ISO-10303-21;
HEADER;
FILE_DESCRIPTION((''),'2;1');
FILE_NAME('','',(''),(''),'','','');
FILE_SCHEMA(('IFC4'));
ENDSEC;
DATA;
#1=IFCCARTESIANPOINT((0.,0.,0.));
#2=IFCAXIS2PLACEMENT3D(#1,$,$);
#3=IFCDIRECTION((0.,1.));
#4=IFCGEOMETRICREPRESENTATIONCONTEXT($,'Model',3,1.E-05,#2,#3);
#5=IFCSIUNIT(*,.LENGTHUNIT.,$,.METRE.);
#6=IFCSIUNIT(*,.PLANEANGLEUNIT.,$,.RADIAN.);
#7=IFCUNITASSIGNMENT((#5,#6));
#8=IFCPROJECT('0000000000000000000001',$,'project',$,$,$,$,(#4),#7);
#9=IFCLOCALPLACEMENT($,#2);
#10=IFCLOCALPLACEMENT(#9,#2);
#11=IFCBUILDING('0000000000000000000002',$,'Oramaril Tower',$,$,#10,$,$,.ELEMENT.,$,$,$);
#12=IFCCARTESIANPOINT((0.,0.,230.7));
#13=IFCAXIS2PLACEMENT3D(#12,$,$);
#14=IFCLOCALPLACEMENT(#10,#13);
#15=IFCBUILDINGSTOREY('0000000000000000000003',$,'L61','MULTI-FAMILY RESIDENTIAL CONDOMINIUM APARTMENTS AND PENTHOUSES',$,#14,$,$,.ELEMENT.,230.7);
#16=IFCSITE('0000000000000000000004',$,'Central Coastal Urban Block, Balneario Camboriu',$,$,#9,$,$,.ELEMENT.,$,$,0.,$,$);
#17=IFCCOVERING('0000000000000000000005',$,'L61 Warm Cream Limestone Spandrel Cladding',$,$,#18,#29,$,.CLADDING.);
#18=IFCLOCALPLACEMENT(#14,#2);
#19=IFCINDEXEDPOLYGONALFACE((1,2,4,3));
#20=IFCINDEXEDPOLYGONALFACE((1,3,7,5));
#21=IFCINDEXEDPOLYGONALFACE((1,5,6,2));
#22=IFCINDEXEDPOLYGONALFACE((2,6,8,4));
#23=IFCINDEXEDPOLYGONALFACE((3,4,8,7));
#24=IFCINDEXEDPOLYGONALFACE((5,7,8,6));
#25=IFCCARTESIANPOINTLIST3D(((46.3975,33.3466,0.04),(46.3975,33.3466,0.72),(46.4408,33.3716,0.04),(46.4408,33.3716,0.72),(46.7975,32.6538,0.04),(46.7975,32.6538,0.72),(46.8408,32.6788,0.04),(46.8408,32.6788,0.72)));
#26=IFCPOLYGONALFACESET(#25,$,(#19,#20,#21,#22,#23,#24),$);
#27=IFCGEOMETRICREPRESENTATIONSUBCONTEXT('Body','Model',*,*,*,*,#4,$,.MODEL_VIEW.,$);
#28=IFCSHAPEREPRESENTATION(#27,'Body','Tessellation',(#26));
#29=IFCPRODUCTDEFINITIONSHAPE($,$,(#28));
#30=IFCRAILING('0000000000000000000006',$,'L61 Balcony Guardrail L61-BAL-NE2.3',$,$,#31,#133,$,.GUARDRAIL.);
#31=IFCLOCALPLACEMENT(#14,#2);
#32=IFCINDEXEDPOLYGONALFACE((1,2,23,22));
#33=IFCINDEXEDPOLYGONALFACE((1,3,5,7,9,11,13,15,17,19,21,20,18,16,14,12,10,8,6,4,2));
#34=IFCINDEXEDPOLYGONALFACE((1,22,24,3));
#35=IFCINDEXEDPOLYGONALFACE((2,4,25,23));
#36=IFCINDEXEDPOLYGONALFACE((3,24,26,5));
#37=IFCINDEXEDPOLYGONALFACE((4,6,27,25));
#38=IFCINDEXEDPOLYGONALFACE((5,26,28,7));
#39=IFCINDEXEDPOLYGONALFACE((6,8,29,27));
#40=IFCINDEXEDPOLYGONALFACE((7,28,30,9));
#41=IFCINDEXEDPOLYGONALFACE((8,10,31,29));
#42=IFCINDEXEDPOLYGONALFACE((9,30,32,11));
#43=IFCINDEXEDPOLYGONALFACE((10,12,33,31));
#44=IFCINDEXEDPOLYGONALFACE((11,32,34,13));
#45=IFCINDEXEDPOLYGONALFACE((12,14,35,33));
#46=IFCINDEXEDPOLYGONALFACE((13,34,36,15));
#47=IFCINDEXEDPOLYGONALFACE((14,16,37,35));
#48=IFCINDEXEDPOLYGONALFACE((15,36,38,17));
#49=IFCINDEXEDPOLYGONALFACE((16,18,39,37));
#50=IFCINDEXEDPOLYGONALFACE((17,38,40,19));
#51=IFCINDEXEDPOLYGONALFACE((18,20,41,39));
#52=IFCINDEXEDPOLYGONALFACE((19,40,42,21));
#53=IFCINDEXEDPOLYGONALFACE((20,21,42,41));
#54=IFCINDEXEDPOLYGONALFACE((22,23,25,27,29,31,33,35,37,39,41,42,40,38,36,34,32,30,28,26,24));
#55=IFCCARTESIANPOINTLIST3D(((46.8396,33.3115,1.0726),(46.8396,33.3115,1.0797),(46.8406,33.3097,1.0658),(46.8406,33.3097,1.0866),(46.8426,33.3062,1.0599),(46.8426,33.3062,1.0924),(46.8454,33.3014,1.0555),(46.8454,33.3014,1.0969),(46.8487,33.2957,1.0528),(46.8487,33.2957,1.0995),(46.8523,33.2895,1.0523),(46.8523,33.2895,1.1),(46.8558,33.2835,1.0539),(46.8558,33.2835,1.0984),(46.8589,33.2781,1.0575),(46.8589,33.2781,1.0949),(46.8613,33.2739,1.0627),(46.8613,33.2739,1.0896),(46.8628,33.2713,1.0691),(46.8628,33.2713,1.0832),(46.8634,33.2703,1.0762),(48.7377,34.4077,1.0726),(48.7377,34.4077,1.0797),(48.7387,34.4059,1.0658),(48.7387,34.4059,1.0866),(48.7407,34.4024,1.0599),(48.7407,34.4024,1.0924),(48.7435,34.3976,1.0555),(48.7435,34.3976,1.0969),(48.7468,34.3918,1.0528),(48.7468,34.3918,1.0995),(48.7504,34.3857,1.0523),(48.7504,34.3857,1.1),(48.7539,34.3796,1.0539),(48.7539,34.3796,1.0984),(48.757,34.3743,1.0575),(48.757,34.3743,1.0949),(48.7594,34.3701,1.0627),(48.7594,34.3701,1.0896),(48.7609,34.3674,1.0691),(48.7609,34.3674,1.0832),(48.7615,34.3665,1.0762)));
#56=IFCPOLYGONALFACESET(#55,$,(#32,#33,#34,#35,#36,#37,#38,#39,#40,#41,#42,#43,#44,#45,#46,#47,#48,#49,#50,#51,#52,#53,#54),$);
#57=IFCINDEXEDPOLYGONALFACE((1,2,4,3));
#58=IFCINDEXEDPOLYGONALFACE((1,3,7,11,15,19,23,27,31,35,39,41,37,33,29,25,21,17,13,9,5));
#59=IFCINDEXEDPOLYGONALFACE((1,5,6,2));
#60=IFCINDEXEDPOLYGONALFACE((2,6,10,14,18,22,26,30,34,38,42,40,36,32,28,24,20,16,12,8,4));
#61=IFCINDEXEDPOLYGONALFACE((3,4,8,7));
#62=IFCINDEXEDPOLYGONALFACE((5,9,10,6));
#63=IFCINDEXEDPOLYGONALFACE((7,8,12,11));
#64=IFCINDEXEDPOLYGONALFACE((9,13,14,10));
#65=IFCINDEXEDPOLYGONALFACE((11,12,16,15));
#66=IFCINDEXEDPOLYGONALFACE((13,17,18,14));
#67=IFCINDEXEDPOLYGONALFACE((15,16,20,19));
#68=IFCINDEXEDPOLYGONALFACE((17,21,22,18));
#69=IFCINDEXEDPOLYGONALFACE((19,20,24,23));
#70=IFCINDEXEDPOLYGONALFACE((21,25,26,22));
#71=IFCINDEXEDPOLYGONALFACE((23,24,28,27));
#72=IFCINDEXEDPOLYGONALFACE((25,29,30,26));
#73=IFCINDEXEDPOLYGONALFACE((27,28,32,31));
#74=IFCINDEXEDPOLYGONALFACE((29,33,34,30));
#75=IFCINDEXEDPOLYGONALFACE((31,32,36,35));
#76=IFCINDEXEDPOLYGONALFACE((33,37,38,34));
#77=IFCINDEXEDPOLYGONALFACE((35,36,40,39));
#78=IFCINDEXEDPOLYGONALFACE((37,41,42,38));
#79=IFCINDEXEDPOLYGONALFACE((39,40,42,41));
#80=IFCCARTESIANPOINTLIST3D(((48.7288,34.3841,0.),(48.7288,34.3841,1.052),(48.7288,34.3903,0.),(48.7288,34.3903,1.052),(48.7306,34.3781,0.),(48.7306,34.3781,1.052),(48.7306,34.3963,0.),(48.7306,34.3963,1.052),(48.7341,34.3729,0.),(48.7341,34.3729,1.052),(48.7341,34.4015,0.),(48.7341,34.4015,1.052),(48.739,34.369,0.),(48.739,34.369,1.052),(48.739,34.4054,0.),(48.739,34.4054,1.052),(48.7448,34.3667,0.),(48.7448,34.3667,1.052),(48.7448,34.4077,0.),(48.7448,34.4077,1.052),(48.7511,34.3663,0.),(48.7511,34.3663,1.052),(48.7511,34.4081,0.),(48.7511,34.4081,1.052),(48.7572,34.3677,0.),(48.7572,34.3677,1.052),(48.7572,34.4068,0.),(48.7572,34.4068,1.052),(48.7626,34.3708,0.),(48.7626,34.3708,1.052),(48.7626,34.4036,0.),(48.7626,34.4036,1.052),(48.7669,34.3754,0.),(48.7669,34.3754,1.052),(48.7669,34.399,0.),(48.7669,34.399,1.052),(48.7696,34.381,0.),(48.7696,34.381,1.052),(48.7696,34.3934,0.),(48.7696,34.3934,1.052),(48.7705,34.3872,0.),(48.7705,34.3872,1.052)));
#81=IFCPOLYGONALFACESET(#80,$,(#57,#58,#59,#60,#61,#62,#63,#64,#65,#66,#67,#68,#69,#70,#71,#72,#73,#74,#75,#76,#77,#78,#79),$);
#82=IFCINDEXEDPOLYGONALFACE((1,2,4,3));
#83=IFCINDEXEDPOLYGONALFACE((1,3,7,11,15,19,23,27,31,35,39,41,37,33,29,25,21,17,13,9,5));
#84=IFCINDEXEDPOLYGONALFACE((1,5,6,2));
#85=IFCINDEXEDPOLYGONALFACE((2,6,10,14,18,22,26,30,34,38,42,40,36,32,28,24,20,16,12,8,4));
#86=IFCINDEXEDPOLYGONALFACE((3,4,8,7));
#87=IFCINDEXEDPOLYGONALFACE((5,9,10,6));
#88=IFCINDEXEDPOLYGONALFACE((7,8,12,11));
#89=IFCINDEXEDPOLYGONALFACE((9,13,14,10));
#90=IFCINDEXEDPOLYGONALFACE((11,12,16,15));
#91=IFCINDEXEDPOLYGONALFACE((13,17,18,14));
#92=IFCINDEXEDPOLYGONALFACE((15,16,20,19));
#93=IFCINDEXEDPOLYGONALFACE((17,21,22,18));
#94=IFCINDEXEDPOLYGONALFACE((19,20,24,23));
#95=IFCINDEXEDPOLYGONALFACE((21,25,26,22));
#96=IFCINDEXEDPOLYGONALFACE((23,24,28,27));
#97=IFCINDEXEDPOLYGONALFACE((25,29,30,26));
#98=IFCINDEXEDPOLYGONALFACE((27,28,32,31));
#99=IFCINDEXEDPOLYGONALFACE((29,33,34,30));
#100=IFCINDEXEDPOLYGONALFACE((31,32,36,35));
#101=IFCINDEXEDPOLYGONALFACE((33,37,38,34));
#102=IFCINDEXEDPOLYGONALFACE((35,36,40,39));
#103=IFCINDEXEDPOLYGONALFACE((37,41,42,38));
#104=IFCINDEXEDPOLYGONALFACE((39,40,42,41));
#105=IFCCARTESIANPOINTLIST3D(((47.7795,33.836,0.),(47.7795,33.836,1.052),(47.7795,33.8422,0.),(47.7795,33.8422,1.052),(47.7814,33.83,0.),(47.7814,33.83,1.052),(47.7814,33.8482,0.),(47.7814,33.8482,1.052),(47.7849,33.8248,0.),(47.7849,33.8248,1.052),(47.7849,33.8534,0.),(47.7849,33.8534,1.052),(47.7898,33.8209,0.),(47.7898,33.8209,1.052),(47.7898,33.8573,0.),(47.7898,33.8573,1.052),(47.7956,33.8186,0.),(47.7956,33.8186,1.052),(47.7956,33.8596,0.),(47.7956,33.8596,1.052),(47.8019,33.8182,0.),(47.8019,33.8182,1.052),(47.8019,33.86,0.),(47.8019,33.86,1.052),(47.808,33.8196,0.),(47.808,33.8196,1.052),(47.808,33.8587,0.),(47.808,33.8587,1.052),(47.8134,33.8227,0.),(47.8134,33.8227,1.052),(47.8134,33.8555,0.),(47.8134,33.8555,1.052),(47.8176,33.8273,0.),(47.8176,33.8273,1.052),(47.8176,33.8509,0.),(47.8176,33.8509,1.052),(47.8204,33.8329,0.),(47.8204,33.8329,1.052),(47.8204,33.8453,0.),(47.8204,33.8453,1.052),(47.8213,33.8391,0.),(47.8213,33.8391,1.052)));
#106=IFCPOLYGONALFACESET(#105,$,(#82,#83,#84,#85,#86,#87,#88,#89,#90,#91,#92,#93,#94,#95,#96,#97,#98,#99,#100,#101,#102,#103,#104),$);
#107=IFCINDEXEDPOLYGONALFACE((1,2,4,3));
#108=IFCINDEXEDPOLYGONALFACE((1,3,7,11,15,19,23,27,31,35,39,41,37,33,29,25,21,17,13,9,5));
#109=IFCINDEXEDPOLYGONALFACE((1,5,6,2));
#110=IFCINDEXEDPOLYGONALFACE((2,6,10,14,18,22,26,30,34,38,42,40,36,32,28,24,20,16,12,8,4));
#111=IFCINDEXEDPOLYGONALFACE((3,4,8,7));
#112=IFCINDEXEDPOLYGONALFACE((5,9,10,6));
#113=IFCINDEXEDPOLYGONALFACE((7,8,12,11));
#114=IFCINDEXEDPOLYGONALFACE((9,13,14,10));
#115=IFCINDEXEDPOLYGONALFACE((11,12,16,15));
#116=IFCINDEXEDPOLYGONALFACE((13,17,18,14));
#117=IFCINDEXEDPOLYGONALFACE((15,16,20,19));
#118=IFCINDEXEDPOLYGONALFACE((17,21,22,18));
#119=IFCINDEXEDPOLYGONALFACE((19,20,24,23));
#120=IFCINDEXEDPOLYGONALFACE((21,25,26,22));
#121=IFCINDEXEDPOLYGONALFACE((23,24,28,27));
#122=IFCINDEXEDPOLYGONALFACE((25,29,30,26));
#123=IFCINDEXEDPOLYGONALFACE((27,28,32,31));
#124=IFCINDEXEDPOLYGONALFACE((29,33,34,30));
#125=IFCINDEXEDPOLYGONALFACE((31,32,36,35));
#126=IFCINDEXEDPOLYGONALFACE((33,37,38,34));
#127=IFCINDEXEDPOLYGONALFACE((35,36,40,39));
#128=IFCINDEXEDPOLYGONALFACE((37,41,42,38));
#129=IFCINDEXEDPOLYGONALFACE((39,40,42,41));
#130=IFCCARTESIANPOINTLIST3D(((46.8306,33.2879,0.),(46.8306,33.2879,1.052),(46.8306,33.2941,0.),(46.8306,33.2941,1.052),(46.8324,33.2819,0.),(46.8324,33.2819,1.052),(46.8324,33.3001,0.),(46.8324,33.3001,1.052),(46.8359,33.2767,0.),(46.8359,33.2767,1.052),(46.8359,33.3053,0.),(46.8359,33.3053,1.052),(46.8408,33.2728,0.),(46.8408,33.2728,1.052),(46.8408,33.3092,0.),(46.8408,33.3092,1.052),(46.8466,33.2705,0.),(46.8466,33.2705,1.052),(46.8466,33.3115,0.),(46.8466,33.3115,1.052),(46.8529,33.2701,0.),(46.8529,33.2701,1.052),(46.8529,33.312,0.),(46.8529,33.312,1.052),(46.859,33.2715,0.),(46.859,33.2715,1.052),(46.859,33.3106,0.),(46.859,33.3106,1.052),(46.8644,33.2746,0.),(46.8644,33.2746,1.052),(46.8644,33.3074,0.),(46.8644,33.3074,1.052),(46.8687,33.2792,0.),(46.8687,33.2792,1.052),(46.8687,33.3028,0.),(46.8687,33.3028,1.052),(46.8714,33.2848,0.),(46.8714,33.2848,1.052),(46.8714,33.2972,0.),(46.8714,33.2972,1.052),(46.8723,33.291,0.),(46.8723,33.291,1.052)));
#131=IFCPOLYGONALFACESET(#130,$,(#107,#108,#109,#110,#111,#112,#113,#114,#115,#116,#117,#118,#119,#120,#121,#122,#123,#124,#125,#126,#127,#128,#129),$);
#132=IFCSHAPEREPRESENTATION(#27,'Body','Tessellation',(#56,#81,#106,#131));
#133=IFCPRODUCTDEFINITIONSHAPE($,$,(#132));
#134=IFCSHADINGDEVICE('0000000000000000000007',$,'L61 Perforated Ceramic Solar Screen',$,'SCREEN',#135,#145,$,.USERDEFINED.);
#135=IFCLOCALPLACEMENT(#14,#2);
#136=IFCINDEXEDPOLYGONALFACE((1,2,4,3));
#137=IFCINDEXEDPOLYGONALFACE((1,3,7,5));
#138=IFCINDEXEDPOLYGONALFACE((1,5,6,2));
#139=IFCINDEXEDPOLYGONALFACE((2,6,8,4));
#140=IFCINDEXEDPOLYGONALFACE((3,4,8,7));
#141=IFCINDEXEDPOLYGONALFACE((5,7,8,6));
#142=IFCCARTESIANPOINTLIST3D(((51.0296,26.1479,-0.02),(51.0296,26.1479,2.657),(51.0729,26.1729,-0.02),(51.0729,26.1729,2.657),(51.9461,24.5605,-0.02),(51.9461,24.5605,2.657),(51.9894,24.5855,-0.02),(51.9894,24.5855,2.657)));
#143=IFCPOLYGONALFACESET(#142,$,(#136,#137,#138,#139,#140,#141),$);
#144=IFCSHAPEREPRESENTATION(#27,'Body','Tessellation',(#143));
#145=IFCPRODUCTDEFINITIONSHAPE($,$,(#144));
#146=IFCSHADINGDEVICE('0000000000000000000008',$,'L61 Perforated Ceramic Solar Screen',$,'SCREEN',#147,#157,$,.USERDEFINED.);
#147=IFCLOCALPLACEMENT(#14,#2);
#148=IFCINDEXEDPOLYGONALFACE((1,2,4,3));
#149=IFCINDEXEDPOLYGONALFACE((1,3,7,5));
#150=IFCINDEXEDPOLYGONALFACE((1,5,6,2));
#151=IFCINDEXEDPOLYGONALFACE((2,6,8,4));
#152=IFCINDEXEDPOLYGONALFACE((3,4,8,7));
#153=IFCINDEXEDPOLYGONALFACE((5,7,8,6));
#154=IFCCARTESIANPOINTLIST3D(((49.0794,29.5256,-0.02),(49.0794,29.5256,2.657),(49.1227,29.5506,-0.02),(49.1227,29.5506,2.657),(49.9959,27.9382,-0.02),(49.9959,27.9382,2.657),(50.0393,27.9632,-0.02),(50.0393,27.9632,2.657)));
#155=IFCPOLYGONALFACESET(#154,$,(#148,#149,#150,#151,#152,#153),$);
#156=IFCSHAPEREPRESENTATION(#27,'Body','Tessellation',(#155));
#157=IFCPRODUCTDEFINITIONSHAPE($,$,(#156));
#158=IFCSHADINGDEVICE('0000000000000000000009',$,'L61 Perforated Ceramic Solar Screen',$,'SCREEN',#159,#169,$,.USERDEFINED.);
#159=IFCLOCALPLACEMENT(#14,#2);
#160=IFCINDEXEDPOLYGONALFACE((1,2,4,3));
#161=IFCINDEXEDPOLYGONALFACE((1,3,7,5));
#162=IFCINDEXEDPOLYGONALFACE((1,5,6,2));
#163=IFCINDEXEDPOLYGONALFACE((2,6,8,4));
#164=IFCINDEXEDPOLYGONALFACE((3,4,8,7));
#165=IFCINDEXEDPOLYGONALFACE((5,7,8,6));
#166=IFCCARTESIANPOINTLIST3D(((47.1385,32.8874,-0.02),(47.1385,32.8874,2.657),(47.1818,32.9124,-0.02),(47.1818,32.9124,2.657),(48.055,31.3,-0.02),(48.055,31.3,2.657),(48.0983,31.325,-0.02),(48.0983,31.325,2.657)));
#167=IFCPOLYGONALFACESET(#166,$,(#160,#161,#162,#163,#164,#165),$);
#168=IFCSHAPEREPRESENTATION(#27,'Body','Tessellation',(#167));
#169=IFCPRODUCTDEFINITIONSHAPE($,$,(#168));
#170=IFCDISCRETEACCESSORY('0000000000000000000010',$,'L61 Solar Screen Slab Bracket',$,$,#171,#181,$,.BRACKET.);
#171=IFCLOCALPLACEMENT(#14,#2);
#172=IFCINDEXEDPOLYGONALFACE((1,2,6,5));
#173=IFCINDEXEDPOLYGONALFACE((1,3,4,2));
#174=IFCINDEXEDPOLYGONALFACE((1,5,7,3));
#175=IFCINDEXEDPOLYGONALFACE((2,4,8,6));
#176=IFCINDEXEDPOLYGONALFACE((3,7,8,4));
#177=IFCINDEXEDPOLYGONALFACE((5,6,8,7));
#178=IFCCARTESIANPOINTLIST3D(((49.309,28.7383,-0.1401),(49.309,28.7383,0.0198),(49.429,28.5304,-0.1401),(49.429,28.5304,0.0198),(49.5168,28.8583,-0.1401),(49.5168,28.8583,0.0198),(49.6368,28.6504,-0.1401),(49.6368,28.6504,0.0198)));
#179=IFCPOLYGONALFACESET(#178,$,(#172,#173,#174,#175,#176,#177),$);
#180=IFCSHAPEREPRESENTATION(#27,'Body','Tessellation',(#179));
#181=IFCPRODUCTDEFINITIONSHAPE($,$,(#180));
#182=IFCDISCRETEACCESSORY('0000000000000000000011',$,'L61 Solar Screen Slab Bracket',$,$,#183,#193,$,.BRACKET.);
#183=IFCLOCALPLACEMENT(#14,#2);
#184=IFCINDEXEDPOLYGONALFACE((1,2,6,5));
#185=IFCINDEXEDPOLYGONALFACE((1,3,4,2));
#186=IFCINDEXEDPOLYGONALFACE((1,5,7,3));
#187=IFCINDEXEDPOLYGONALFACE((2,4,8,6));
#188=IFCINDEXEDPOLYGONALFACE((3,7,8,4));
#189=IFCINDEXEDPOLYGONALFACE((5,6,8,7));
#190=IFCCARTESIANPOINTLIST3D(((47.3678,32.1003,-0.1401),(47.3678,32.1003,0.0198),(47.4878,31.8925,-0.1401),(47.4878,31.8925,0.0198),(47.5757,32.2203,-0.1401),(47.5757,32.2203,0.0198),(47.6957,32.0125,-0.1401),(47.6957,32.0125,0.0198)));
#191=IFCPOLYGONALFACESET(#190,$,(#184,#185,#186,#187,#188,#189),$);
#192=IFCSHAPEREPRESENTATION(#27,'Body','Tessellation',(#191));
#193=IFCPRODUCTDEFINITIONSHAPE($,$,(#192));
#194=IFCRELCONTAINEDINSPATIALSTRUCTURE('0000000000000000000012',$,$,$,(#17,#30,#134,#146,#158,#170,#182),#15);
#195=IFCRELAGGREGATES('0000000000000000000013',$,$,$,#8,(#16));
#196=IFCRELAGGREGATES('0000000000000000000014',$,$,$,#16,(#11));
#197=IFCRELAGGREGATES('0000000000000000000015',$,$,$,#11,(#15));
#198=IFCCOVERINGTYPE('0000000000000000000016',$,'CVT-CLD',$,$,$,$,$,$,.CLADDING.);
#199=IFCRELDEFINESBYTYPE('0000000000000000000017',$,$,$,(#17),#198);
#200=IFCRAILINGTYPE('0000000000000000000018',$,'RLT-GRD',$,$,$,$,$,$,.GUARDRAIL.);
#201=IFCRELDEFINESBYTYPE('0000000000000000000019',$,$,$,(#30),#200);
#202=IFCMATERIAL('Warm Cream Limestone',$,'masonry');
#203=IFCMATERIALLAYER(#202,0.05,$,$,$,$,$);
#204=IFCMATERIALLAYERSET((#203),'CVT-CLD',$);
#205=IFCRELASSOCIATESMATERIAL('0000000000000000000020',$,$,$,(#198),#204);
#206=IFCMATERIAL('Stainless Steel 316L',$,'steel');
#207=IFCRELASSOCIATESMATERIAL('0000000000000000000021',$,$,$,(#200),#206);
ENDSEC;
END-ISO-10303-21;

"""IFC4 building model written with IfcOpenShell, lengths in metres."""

from ifc_helpers import new_model, si_unit, direction, frame, origin, origin_2d, place, context, subcontext, project, spatial, rectangle, circle, extrude, material, layer, layer_set, type_object, element, save


model = new_model("IFC4")

# Units and contexts
model_context = context("Model", 3, precision=1e-05, world=origin(), true_north=direction((0.0, 1.0)))
body_context = subcontext(model_context, "Body", "Model", "MODEL_VIEW")
ifc_project = project(units=[si_unit("LENGTHUNIT", "METRE"), si_unit("PLANEANGLEUNIT", "RADIAN")], contexts=[model_context])

# Site, building, storey
site_placement = place(None, origin())
site = spatial("IfcSite", under=ifc_project, at=site_placement, Name="Central Coastal Urban Block, Balneario Camboriu", CompositionType="ELEMENT", RefElevation=0.0)
building_placement = place(site_placement, origin())
building = spatial("IfcBuilding", under=site, at=building_placement, Name="Oramaril Tower", CompositionType="ELEMENT")
storey_placement = place(building_placement, frame((0.0, 0.0, 230.7)))
storey = spatial("IfcBuildingStorey", under=building, at=storey_placement, Name="L61", Description="MULTI-FAMILY RESIDENTIAL CONDOMINIUM APARTMENTS AND PENTHOUSES", CompositionType="ELEMENT", Elevation=230.7)

# Covering
ifc_material_1 = material(Name="Warm Cream Limestone", Category="masonry")
ifc_layer_1 = layer(ifc_material_1, 0.05)
ifc_layer_set_1 = layer_set([ifc_layer_1], Name="CVT-CLD")
covering_type = type_object("IfcCoveringType", Name="CVT-CLD", PredefinedType="CLADDING", material=ifc_layer_set_1)
covering_placement = place(storey_placement, frame((46.6191, 33.0127, 0.04), z_axis=(0.0, 0.0, 1.0), x_axis=(-0.500002, 0.866025, 0.0)))
element("IfcCovering", 1, at=covering_placement, inside=storey, type_object=covering_type, Name="L61 Warm Cream Limestone Spandrel Cladding", PredefinedType="CLADDING", context=body_context, shape_type="SweptSolid", body=[
    extrude(rectangle(XDim=0.8, YDim=0.05, at=origin_2d()), origin(), (0.0, 0.0, 1.0), 0.6799),
])

# Railing
ifc_material_2 = material(Name="Stainless Steel 316L", Category="steel")
railing_type = type_object("IfcRailingType", Name="RLT-GRD", PredefinedType="GUARDRAIL", material=ifc_material_2)
railing_placement = place(storey_placement, frame((48.7495, 34.3872, 0.0)))
element("IfcRailing", 2, at=railing_placement, inside=storey, type_object=railing_type, Name="L61 Balcony Guardrail L61-BAL-NE2.3", PredefinedType="GUARDRAIL", context=body_context, shape_type="SweptSolid", body=[
    extrude(circle(Radius=0.0239, at=origin_2d()), frame((0.0, 0.0, 1.0762), z_axis=(-0.865972, -0.500092, 0.0), x_axis=(0.500092, -0.865972, 0.0)), (0.0, 0.0, 1.0), 2.1919),
    extrude(circle(Radius=0.021, at=origin_2d()), origin(), (0.0, 0.0, 1.0), 1.052),
    extrude(circle(Radius=0.021, at=origin_2d()), frame((-0.9492, -0.5481, 0.0)), (0.0, 0.0, 1.0), 1.052),
    extrude(circle(Radius=0.021, at=origin_2d()), frame((-1.8982, -1.0962, 0.0)), (0.0, 0.0, 1.0), 1.052),
])

# Shading devices
for number, where, z_axis, x_axis, name in (
    (3, (51.5095, 25.3667, -0.02), (0.0, 0.0, 1.0), (-0.500002, 0.866025, 0.0), "L61 Perforated Ceramic Solar Screen"),
    (4, (49.5593, 28.7444, -0.02), (0.0, 0.0, 1.0), (-0.500002, 0.866025, 0.0), "L61 Perforated Ceramic Solar Screen"),
    (5, (47.6184, 32.1062, -0.02), (0.0, 0.0, 1.0), (-0.500002, 0.866025, 0.0), "L61 Perforated Ceramic Solar Screen"),
):
    element("IfcShadingDevice", number, at=place(storey_placement, frame(where, z_axis=z_axis, x_axis=x_axis)), inside=storey, Name=name, ObjectType="SCREEN", PredefinedType="USERDEFINED", context=body_context, shape_type="SweptSolid", body=[
        extrude(rectangle(XDim=1.833, YDim=0.05, at=origin_2d()), origin(), (0.0, 0.0, 1.0), 2.677),
    ])

# Discrete accessories
for number, where, z_axis, x_axis, name in (
    (6, (49.4729, 28.6943, -0.1401), (0.0, 0.0, 1.0), (-0.500002, 0.866025, 0.0), "L61 Solar Screen Slab Bracket"),
    (7, (47.5317, 32.0564, -0.1401), (0.0, 0.0, 1.0), (-0.500002, 0.866025, 0.0), "L61 Solar Screen Slab Bracket"),
):
    element("IfcDiscreteAccessory", number, at=place(storey_placement, frame(where, z_axis=z_axis, x_axis=x_axis)), inside=storey, Name=name, PredefinedType="BRACKET", context=body_context, shape_type="SweptSolid", body=[
        extrude(rectangle(XDim=0.24, YDim=0.24, at=origin_2d()), origin(), (0.0, 0.0, 1.0), 0.1599),
    ])

save(model, "model.ifc")
